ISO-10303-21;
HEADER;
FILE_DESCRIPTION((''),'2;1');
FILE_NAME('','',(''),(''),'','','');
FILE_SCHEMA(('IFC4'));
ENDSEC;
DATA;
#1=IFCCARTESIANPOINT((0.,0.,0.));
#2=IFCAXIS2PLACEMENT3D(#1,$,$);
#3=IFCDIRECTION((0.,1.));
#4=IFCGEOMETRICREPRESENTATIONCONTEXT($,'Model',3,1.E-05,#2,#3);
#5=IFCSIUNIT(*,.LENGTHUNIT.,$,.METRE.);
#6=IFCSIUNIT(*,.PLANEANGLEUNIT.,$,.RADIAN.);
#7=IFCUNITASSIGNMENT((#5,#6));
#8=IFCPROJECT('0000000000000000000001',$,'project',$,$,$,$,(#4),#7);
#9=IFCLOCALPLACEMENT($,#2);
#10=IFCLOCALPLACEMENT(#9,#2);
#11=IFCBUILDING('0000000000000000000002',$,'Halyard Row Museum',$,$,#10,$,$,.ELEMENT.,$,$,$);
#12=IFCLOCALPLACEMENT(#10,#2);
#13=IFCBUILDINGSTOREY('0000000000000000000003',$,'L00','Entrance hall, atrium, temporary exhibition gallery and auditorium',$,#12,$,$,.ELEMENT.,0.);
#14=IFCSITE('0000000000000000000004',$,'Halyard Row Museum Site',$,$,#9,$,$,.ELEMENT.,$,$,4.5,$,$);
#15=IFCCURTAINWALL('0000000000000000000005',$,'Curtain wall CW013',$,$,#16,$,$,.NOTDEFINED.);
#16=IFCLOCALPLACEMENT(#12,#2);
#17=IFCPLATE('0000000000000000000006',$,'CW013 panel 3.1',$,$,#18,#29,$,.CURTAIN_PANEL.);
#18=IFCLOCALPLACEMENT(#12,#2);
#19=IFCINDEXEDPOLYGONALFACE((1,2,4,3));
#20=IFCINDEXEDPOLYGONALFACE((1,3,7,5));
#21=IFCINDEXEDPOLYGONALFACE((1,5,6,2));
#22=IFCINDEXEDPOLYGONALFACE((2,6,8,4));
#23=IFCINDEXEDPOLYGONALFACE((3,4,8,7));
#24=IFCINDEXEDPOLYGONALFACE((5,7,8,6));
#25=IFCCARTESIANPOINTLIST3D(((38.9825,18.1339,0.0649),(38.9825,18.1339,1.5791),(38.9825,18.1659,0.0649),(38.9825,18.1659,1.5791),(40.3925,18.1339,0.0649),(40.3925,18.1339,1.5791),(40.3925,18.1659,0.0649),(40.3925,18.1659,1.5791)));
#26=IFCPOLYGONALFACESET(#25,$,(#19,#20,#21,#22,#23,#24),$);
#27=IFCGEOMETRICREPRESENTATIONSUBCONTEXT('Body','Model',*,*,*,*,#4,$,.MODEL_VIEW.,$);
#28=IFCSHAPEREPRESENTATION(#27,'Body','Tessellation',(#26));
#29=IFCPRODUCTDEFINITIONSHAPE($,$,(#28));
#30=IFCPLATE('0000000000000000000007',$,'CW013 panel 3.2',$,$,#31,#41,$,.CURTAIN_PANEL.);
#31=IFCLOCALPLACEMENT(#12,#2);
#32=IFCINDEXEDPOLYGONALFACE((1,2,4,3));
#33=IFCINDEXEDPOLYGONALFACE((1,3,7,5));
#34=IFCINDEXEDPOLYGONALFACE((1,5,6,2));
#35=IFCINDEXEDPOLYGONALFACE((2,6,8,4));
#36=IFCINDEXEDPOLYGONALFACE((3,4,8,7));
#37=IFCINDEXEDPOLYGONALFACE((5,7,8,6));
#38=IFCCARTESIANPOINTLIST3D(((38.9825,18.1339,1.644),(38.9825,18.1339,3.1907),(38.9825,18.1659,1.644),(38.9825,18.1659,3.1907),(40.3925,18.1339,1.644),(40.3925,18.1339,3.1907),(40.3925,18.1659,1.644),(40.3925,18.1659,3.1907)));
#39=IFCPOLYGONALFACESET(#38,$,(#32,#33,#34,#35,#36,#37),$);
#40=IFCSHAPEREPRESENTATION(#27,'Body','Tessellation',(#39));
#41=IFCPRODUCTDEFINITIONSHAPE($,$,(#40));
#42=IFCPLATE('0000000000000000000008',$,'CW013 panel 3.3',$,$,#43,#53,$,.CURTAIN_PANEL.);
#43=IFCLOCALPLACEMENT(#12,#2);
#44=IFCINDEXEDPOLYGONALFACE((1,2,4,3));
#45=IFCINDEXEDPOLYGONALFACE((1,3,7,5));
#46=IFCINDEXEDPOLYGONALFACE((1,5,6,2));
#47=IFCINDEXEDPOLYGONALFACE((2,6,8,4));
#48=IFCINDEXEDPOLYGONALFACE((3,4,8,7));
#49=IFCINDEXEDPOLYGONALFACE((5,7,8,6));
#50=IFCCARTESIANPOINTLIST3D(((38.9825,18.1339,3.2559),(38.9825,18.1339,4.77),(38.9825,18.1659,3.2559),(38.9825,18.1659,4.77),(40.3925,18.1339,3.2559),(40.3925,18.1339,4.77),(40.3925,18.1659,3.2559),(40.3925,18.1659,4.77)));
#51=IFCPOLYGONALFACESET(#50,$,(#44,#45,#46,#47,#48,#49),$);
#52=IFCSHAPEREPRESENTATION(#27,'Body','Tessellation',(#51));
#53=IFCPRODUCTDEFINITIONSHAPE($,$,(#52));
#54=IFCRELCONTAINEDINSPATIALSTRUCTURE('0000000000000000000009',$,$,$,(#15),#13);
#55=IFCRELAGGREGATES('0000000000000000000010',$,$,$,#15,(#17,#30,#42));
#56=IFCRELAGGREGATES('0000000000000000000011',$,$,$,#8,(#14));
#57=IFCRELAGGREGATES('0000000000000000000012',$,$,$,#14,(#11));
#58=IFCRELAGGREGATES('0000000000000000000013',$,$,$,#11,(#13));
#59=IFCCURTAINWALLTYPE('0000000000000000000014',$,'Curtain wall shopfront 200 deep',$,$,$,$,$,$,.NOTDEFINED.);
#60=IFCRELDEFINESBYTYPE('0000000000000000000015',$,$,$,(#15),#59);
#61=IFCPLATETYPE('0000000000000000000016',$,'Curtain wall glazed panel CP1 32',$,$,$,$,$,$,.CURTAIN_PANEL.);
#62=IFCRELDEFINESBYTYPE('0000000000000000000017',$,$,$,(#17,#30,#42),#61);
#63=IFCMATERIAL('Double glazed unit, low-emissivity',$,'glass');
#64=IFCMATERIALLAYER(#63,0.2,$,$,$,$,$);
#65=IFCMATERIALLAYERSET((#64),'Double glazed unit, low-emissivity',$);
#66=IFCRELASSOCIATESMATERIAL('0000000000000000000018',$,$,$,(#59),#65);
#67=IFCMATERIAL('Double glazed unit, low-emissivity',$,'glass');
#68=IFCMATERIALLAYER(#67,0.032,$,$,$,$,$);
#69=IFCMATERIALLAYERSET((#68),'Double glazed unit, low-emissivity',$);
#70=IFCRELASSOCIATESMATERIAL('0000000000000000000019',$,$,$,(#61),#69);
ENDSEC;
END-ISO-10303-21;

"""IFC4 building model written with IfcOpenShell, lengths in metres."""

from ifc_helpers import new_model, si_unit, direction, frame, origin, origin_2d, place, context, subcontext, project, spatial, rectangle, extrude, material, layer, layer_set, type_object, element, aggregate, save


model = new_model("IFC4")

# Units and contexts
model_context = context("Model", 3, precision=1e-05, world=origin(), true_north=direction((0.0, 1.0)))
body_context = subcontext(model_context, "Body", "Model", "MODEL_VIEW")
ifc_project = project(units=[si_unit("LENGTHUNIT", "METRE"), si_unit("PLANEANGLEUNIT", "RADIAN")], contexts=[model_context])

# Site, building, storey
site_placement = place(None, origin())
site = spatial("IfcSite", under=ifc_project, at=site_placement, Name="Halyard Row Museum Site", CompositionType="ELEMENT", RefElevation=4.5)
building_placement = place(site_placement, origin())
building = spatial("IfcBuilding", under=site, at=building_placement, Name="Halyard Row Museum", CompositionType="ELEMENT")
storey_placement = place(building_placement, origin())
storey = spatial("IfcBuildingStorey", under=building, at=storey_placement, Name="L00", Description="Entrance hall, atrium, temporary exhibition gallery and auditorium", CompositionType="ELEMENT", Elevation=0.0)

# Curtain wall
ifc_material_1 = material(Name="Double glazed unit, low-emissivity", Category="glass")
ifc_layer_1 = layer(ifc_material_1, 0.2)
ifc_layer_set_1 = layer_set([ifc_layer_1], Name="Double glazed unit, low-emissivity")
curtain_wall_type = type_object("IfcCurtainWallType", Name="Curtain wall shopfront 200 deep", PredefinedType="NOTDEFINED", material=ifc_layer_set_1)
curtain_wall_placement = place(storey_placement, origin())
curtain_wall = element("IfcCurtainWall", 1, at=curtain_wall_placement, inside=storey, type_object=curtain_wall_type, Name="Curtain wall CW013", PredefinedType="NOTDEFINED")

# Plates
ifc_material_2 = material(Name="Double glazed unit, low-emissivity", Category="glass")
ifc_layer_2 = layer(ifc_material_2, 0.032)
ifc_layer_set_2 = layer_set([ifc_layer_2], Name="Double glazed unit, low-emissivity")
plate_type = type_object("IfcPlateType", Name="Curtain wall glazed panel CP1 32", PredefinedType="CURTAIN_PANEL", material=ifc_layer_set_2)
plate_1_placement = place(storey_placement, frame((39.6875, 18.1499, 0.0649), z_axis=(0.0, 0.0, 1.0), x_axis=(1.0, 0.0, 0.0)))
plate_1 = element("IfcPlate", 2, at=plate_1_placement, type_object=plate_type, Name="CW013 panel 3.1", PredefinedType="CURTAIN_PANEL", context=body_context, shape_type="SweptSolid", body=[
    extrude(rectangle(XDim=1.4099, YDim=0.032, at=origin_2d()), origin(), (0.0, 0.0, 1.0), 1.5142),
])
plate_2_placement = place(storey_placement, frame((39.6875, 18.1499, 1.644), z_axis=(0.0, 0.0, 1.0), x_axis=(1.0, 0.0, 0.0)))
plate_2 = element("IfcPlate", 3, at=plate_2_placement, type_object=plate_type, Name="CW013 panel 3.2", PredefinedType="CURTAIN_PANEL", context=body_context, shape_type="SweptSolid", body=[
    extrude(rectangle(XDim=1.4099, YDim=0.032, at=origin_2d()), origin(), (0.0, 0.0, 1.0), 1.5466),
])
plate_3_placement = place(storey_placement, frame((39.6875, 18.1499, 3.2559), z_axis=(0.0, 0.0, 1.0), x_axis=(1.0, 0.0, 0.0)))
plate_3 = element("IfcPlate", 4, at=plate_3_placement, type_object=plate_type, Name="CW013 panel 3.3", PredefinedType="CURTAIN_PANEL", context=body_context, shape_type="SweptSolid", body=[
    extrude(rectangle(XDim=1.4099, YDim=0.032, at=origin_2d()), origin(), (0.0, 0.0, 1.0), 1.5142),
])
aggregate(curtain_wall, [plate_1, plate_2, plate_3])

save(model, "model.ifc")
